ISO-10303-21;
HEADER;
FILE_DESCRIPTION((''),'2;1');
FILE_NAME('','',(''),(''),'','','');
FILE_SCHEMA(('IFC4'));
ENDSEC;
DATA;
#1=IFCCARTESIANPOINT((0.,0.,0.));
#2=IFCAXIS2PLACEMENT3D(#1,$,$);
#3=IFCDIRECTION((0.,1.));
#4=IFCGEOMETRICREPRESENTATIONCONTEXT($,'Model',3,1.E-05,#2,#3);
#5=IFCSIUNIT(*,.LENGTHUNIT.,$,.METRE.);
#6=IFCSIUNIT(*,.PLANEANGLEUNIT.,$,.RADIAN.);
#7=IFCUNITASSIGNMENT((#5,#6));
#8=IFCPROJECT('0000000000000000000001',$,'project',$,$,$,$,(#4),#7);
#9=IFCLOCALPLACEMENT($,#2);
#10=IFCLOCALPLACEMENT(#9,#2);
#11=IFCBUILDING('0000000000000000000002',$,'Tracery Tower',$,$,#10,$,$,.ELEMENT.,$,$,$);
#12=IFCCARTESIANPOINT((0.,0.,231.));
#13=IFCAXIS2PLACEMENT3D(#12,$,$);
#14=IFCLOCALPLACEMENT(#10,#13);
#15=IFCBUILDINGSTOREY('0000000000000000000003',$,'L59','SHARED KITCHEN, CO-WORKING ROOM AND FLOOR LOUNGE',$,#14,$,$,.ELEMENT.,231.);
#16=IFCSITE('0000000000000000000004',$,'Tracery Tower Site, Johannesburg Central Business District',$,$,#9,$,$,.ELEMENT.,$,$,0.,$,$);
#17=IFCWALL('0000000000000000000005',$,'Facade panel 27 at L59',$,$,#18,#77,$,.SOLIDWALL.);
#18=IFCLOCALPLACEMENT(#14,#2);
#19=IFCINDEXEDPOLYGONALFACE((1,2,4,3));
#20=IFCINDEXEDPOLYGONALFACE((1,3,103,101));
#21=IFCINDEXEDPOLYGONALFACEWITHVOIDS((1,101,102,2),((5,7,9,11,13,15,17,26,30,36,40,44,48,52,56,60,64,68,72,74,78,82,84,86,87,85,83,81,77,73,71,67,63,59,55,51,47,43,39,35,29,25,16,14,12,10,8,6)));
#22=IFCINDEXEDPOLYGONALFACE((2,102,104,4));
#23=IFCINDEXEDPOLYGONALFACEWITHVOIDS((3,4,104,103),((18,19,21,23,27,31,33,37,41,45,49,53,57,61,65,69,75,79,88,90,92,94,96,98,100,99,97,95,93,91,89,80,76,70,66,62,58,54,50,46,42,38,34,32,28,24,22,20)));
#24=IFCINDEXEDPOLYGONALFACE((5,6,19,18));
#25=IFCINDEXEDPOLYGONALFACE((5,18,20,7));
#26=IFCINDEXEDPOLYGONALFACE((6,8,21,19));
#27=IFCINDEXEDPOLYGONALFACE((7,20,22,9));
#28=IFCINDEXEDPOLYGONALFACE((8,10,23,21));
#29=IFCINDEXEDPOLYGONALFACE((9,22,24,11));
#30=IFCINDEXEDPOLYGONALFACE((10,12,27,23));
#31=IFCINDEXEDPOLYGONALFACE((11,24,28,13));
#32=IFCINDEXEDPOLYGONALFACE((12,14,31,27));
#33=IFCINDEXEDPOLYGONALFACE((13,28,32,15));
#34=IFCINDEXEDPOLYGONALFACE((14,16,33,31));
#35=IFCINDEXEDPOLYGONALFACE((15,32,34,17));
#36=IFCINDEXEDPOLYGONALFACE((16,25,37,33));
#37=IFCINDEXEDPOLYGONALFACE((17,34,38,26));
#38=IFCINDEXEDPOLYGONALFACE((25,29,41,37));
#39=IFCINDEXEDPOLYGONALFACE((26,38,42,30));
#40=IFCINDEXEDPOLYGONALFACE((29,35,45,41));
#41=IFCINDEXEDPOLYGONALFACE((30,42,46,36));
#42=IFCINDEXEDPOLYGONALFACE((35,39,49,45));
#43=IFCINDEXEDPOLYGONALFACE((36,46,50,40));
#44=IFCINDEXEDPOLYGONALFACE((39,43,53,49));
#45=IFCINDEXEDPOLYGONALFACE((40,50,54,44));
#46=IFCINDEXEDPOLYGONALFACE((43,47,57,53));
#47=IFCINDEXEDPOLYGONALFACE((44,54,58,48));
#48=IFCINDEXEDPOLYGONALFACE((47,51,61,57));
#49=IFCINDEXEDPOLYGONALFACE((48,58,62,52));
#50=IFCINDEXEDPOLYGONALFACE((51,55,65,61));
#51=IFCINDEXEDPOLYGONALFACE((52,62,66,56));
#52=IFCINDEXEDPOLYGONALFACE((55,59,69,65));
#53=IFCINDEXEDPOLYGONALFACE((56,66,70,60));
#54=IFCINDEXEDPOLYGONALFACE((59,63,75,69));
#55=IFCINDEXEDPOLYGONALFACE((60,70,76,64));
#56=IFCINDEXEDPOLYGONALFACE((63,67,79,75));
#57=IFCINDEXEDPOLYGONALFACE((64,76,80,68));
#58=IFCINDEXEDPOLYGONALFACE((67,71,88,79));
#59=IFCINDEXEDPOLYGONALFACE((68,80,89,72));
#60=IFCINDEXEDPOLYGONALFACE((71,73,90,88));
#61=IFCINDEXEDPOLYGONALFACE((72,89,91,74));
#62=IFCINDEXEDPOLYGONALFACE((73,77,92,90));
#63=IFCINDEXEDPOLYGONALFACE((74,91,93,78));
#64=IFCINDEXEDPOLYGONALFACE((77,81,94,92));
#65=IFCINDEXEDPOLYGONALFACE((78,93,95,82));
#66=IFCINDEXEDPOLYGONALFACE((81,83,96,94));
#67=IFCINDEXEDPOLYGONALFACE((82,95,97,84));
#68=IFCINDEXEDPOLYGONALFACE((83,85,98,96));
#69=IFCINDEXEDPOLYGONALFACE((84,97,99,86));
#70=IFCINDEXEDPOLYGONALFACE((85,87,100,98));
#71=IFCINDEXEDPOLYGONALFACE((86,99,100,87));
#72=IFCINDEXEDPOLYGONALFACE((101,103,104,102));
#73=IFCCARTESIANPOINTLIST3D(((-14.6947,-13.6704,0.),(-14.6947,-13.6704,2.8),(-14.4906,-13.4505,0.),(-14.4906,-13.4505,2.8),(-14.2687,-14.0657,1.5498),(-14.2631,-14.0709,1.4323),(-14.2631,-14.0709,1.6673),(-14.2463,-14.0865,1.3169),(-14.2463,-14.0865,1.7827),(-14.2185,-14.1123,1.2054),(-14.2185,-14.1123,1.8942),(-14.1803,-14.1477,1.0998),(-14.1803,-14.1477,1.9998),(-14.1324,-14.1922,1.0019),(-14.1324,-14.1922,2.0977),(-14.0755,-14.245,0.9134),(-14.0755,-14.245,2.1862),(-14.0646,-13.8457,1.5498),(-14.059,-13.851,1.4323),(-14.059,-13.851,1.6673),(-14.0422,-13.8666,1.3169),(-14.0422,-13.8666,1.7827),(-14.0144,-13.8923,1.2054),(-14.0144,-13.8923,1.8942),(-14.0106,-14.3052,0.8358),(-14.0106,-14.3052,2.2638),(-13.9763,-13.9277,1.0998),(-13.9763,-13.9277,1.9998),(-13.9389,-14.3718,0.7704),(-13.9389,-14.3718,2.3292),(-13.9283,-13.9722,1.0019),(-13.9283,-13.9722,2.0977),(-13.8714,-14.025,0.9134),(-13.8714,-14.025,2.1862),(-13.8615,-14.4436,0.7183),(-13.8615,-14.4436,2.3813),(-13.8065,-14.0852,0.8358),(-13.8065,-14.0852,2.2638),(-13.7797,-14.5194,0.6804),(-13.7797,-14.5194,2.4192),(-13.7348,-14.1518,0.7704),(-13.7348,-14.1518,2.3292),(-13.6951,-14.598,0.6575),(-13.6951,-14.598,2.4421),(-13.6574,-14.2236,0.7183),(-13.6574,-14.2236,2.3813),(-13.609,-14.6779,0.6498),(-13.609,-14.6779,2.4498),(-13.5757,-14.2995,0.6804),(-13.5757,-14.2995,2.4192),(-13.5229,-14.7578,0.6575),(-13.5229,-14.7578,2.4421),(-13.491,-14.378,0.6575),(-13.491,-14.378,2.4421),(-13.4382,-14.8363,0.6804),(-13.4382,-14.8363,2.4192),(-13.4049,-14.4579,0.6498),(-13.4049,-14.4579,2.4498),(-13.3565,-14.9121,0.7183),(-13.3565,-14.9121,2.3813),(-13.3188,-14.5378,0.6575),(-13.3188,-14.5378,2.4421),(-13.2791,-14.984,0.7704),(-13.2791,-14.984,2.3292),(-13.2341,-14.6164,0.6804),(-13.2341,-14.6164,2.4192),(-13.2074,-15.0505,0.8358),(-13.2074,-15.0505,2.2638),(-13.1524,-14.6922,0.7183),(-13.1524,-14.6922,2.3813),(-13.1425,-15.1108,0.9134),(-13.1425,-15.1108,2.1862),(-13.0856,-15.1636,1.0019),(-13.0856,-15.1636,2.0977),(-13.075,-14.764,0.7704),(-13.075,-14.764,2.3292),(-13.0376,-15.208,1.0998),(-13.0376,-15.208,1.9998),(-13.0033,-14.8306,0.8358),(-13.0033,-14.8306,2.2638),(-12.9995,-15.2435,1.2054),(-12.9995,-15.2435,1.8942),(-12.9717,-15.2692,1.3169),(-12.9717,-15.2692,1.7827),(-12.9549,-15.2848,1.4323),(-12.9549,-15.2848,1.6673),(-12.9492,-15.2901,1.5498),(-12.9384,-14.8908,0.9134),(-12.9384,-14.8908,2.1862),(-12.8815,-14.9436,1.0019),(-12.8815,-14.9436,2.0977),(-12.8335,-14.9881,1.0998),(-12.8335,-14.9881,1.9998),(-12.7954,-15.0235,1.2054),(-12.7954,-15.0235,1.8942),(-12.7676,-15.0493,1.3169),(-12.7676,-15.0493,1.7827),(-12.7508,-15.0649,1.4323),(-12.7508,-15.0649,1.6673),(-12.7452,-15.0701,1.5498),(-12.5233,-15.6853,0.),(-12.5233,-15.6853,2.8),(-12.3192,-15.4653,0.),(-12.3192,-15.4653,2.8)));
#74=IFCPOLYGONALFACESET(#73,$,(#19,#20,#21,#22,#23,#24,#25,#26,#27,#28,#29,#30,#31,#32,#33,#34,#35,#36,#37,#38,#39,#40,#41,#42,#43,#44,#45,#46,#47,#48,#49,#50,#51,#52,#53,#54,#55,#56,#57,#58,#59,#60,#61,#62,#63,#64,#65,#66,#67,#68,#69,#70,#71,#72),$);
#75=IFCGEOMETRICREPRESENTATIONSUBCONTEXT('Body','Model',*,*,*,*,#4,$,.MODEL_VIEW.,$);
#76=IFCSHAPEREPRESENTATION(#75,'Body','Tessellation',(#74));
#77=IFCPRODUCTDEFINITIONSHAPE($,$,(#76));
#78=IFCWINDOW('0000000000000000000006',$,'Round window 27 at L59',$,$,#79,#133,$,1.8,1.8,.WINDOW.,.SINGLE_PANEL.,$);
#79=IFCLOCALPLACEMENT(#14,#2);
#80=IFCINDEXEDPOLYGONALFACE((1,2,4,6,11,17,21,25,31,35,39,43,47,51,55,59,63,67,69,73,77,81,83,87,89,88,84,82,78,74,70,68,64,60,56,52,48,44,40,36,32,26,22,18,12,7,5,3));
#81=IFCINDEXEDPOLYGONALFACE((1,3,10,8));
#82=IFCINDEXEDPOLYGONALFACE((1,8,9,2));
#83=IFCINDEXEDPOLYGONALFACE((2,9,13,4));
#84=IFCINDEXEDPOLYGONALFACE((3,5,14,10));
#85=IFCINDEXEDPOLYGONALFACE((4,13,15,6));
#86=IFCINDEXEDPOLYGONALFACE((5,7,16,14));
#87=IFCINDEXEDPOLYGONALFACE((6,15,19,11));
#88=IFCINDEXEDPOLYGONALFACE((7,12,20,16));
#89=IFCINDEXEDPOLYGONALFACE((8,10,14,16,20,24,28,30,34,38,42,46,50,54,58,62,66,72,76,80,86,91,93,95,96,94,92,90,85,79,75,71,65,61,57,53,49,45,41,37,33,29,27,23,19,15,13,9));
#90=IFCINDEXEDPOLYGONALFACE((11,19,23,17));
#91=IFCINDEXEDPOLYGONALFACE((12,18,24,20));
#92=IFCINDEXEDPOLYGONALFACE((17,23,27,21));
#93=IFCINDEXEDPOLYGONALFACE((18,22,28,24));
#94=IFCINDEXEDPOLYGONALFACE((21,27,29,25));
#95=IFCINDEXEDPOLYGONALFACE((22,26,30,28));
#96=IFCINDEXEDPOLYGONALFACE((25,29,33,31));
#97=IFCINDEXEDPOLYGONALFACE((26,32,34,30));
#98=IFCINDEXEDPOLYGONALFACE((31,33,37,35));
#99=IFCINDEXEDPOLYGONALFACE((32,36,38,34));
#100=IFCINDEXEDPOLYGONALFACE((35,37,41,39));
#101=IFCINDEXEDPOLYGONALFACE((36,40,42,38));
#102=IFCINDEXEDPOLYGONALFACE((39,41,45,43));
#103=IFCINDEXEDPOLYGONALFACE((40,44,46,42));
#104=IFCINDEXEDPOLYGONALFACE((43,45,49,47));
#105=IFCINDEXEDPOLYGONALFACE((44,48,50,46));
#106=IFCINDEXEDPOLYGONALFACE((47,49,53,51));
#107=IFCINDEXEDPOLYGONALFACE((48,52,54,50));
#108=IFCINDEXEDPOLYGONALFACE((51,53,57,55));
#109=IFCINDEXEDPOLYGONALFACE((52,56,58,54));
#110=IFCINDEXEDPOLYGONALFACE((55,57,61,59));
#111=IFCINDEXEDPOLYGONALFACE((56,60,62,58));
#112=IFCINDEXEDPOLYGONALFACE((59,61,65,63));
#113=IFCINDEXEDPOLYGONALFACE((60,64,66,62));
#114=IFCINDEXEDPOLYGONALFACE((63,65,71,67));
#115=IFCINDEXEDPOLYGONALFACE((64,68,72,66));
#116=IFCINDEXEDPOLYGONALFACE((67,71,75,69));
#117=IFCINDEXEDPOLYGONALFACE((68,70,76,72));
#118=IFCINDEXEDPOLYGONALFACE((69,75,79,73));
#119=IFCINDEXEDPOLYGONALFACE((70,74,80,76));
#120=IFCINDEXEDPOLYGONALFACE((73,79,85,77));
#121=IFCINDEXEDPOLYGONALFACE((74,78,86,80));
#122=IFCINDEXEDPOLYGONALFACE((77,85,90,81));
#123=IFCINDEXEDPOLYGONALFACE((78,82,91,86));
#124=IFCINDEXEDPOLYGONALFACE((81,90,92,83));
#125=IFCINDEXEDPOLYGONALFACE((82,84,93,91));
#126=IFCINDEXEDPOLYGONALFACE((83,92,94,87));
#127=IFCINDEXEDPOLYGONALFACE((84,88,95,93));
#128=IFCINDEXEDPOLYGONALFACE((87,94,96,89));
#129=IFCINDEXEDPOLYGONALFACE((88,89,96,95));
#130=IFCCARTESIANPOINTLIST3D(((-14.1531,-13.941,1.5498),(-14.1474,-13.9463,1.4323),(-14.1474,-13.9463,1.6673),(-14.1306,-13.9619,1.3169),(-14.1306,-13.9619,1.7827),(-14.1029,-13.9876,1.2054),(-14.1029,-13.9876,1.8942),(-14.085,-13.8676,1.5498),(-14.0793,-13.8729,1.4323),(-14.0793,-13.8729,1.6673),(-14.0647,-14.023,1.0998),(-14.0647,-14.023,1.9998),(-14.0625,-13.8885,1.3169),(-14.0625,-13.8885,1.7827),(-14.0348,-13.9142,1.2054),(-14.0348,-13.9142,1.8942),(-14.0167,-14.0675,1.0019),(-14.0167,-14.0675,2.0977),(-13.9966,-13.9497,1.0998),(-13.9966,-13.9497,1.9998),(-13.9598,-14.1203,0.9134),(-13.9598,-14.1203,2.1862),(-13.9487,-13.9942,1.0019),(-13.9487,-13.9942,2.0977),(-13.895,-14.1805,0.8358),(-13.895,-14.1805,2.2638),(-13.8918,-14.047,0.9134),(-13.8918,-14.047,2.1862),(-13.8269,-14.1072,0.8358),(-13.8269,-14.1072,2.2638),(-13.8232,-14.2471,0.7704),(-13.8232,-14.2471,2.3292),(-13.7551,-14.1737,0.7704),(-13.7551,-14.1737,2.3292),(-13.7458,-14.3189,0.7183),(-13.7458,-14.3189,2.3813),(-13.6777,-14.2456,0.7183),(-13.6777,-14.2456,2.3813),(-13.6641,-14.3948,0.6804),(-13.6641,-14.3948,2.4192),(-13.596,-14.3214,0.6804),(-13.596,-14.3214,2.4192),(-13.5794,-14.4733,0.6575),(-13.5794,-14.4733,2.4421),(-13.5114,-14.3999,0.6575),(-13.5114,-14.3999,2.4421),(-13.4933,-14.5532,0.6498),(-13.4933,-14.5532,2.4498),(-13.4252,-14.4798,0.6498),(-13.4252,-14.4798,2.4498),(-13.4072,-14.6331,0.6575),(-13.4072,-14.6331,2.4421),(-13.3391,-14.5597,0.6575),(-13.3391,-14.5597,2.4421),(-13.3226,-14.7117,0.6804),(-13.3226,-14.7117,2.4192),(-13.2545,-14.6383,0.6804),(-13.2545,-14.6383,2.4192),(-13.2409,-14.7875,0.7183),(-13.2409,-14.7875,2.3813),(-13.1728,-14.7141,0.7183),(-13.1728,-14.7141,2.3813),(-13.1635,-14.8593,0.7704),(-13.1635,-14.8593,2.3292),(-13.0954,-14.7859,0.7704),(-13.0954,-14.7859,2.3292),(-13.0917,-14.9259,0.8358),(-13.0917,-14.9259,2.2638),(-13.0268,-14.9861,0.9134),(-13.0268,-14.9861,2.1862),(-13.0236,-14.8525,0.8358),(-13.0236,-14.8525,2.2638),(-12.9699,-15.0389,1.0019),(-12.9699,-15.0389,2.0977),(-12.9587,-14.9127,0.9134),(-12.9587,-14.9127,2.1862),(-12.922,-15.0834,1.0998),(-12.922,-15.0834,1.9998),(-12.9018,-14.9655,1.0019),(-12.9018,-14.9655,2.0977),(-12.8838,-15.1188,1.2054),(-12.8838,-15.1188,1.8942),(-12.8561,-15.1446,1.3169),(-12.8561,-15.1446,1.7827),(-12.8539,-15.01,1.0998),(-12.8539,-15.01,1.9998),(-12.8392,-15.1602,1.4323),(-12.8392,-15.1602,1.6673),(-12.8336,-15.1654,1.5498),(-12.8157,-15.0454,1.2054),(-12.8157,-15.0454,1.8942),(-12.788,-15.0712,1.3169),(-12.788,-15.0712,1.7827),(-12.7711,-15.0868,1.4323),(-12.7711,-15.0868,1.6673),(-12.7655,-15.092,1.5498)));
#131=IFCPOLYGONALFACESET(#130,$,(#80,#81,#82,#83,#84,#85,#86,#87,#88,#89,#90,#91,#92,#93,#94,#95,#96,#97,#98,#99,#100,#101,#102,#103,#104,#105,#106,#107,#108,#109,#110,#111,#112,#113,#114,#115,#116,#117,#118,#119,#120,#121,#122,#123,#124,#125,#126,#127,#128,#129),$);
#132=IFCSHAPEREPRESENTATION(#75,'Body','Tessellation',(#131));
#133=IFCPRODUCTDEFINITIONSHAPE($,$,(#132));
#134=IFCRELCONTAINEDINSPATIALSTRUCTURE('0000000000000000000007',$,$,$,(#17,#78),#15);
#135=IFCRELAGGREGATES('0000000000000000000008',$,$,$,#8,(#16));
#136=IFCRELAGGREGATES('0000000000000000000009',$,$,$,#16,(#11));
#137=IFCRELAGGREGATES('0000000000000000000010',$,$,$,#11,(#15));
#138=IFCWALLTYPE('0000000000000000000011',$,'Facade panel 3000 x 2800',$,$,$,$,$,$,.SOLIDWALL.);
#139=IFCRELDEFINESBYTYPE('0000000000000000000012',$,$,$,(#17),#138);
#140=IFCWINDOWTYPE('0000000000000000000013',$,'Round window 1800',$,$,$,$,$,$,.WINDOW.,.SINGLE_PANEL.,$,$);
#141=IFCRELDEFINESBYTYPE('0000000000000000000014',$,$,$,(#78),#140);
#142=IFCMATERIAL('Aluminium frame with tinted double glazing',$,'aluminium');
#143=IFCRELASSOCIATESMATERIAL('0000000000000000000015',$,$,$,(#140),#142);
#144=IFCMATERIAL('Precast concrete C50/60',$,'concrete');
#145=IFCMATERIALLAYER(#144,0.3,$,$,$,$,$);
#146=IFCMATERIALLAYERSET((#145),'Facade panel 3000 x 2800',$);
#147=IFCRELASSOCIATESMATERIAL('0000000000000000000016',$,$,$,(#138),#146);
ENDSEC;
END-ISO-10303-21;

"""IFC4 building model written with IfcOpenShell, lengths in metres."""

from ifc_helpers import new_model, si_unit, direction, frame, frame_2d, origin, origin_2d, place, context, subcontext, project, spatial, rectangle, circle, extrude, material, layer, layer_set, type_object, element, fill, save


model = new_model("IFC4")

# Units and contexts
model_context = context("Model", 3, precision=1e-05, world=origin(), true_north=direction((0.0, 1.0)))
body_context = subcontext(model_context, "Body", "Model", "MODEL_VIEW")
ifc_project = project(units=[si_unit("LENGTHUNIT", "METRE"), si_unit("PLANEANGLEUNIT", "RADIAN")], contexts=[model_context])

# Site, building, storey
site_placement = place(None, origin())
site = spatial("IfcSite", under=ifc_project, at=site_placement, Name="Tracery Tower Site, Johannesburg Central Business District", CompositionType="ELEMENT", RefElevation=0.0)
building_placement = place(site_placement, origin())
building = spatial("IfcBuilding", under=site, at=building_placement, Name="Tracery Tower", CompositionType="ELEMENT")
storey_placement = place(building_placement, frame((0.0, 0.0, 231.0)))
storey = spatial("IfcBuildingStorey", under=building, at=storey_placement, Name="L59", Description="SHARED KITCHEN, CO-WORKING ROOM AND FLOOR LOUNGE", CompositionType="ELEMENT", Elevation=231.0)

# Wall, opening, window
ifc_material_1 = material(Name="Aluminium frame with tinted double glazing", Category="aluminium")
window_type = type_object("IfcWindowType", Name="Round window 1800", PartitioningType="SINGLE_PANEL", PredefinedType="WINDOW", material=ifc_material_1)
ifc_material_2 = material(Name="Precast concrete C50/60", Category="concrete")
ifc_layer_1 = layer(ifc_material_2, 0.3)
ifc_layer_set_1 = layer_set([ifc_layer_1], Name="Facade panel 3000 x 2800")
wall_type_1 = type_object("IfcWallType", Name="Facade panel 3000 x 2800", PredefinedType="SOLIDWALL", material=ifc_layer_set_1)
wall_1_placement = place(storey_placement, frame((-14.5925, -13.5605, 0.0), z_axis=(0.0, 0.0, 1.0), x_axis=(0.733028, -0.680198, 0.0)))
wall_1 = element("IfcWall", 1, at=wall_1_placement, inside=storey, type_object=wall_type_1, Name="Facade panel 27 at L59", PredefinedType="SOLIDWALL", context=body_context, shape_type="SweptSolid", body=[
    extrude(rectangle(XDim=2.9622, YDim=0.3, at=frame_2d((1.481, 0.0))), origin(), (0.0, 0.0, 1.0), 2.8),
])
opening_1_placement = place(wall_1_placement, frame((1.481, 0.0, 1.5498)))
opening_1 = element("IfcOpeningElement", 2, at=opening_1_placement, cuts=wall_1, PredefinedType="OPENING", context=body_context, shape_type="SweptSolid", body=[
    extrude(circle(Radius=0.9, at=origin_2d()), frame((0.0, 0.1599, 0.0), z_axis=(0.0, -1.0, 0.0), x_axis=(1.0, 0.0, 0.0)), (0.0, 0.0, 1.0), 0.3201),
])
window_1_placement = place(opening_1_placement, origin())
window_1 = element("IfcWindow", 3, at=window_1_placement, inside=storey, type_object=window_type, Name="Round window 27 at L59", OverallHeight=1.8, OverallWidth=1.8, PartitioningType="SINGLE_PANEL", PredefinedType="WINDOW", context=body_context, shape_type="SweptSolid", body=[
    extrude(circle(Radius=0.9, at=origin_2d()), frame((0.0, 0.1201, 0.0), z_axis=(0.0, -1.0, 0.0), x_axis=(1.0, 0.0, 0.0)), (0.0, 0.0, 1.0), 0.1001),
])
fill(opening_1, window_1)

save(model, "model.ifc")
